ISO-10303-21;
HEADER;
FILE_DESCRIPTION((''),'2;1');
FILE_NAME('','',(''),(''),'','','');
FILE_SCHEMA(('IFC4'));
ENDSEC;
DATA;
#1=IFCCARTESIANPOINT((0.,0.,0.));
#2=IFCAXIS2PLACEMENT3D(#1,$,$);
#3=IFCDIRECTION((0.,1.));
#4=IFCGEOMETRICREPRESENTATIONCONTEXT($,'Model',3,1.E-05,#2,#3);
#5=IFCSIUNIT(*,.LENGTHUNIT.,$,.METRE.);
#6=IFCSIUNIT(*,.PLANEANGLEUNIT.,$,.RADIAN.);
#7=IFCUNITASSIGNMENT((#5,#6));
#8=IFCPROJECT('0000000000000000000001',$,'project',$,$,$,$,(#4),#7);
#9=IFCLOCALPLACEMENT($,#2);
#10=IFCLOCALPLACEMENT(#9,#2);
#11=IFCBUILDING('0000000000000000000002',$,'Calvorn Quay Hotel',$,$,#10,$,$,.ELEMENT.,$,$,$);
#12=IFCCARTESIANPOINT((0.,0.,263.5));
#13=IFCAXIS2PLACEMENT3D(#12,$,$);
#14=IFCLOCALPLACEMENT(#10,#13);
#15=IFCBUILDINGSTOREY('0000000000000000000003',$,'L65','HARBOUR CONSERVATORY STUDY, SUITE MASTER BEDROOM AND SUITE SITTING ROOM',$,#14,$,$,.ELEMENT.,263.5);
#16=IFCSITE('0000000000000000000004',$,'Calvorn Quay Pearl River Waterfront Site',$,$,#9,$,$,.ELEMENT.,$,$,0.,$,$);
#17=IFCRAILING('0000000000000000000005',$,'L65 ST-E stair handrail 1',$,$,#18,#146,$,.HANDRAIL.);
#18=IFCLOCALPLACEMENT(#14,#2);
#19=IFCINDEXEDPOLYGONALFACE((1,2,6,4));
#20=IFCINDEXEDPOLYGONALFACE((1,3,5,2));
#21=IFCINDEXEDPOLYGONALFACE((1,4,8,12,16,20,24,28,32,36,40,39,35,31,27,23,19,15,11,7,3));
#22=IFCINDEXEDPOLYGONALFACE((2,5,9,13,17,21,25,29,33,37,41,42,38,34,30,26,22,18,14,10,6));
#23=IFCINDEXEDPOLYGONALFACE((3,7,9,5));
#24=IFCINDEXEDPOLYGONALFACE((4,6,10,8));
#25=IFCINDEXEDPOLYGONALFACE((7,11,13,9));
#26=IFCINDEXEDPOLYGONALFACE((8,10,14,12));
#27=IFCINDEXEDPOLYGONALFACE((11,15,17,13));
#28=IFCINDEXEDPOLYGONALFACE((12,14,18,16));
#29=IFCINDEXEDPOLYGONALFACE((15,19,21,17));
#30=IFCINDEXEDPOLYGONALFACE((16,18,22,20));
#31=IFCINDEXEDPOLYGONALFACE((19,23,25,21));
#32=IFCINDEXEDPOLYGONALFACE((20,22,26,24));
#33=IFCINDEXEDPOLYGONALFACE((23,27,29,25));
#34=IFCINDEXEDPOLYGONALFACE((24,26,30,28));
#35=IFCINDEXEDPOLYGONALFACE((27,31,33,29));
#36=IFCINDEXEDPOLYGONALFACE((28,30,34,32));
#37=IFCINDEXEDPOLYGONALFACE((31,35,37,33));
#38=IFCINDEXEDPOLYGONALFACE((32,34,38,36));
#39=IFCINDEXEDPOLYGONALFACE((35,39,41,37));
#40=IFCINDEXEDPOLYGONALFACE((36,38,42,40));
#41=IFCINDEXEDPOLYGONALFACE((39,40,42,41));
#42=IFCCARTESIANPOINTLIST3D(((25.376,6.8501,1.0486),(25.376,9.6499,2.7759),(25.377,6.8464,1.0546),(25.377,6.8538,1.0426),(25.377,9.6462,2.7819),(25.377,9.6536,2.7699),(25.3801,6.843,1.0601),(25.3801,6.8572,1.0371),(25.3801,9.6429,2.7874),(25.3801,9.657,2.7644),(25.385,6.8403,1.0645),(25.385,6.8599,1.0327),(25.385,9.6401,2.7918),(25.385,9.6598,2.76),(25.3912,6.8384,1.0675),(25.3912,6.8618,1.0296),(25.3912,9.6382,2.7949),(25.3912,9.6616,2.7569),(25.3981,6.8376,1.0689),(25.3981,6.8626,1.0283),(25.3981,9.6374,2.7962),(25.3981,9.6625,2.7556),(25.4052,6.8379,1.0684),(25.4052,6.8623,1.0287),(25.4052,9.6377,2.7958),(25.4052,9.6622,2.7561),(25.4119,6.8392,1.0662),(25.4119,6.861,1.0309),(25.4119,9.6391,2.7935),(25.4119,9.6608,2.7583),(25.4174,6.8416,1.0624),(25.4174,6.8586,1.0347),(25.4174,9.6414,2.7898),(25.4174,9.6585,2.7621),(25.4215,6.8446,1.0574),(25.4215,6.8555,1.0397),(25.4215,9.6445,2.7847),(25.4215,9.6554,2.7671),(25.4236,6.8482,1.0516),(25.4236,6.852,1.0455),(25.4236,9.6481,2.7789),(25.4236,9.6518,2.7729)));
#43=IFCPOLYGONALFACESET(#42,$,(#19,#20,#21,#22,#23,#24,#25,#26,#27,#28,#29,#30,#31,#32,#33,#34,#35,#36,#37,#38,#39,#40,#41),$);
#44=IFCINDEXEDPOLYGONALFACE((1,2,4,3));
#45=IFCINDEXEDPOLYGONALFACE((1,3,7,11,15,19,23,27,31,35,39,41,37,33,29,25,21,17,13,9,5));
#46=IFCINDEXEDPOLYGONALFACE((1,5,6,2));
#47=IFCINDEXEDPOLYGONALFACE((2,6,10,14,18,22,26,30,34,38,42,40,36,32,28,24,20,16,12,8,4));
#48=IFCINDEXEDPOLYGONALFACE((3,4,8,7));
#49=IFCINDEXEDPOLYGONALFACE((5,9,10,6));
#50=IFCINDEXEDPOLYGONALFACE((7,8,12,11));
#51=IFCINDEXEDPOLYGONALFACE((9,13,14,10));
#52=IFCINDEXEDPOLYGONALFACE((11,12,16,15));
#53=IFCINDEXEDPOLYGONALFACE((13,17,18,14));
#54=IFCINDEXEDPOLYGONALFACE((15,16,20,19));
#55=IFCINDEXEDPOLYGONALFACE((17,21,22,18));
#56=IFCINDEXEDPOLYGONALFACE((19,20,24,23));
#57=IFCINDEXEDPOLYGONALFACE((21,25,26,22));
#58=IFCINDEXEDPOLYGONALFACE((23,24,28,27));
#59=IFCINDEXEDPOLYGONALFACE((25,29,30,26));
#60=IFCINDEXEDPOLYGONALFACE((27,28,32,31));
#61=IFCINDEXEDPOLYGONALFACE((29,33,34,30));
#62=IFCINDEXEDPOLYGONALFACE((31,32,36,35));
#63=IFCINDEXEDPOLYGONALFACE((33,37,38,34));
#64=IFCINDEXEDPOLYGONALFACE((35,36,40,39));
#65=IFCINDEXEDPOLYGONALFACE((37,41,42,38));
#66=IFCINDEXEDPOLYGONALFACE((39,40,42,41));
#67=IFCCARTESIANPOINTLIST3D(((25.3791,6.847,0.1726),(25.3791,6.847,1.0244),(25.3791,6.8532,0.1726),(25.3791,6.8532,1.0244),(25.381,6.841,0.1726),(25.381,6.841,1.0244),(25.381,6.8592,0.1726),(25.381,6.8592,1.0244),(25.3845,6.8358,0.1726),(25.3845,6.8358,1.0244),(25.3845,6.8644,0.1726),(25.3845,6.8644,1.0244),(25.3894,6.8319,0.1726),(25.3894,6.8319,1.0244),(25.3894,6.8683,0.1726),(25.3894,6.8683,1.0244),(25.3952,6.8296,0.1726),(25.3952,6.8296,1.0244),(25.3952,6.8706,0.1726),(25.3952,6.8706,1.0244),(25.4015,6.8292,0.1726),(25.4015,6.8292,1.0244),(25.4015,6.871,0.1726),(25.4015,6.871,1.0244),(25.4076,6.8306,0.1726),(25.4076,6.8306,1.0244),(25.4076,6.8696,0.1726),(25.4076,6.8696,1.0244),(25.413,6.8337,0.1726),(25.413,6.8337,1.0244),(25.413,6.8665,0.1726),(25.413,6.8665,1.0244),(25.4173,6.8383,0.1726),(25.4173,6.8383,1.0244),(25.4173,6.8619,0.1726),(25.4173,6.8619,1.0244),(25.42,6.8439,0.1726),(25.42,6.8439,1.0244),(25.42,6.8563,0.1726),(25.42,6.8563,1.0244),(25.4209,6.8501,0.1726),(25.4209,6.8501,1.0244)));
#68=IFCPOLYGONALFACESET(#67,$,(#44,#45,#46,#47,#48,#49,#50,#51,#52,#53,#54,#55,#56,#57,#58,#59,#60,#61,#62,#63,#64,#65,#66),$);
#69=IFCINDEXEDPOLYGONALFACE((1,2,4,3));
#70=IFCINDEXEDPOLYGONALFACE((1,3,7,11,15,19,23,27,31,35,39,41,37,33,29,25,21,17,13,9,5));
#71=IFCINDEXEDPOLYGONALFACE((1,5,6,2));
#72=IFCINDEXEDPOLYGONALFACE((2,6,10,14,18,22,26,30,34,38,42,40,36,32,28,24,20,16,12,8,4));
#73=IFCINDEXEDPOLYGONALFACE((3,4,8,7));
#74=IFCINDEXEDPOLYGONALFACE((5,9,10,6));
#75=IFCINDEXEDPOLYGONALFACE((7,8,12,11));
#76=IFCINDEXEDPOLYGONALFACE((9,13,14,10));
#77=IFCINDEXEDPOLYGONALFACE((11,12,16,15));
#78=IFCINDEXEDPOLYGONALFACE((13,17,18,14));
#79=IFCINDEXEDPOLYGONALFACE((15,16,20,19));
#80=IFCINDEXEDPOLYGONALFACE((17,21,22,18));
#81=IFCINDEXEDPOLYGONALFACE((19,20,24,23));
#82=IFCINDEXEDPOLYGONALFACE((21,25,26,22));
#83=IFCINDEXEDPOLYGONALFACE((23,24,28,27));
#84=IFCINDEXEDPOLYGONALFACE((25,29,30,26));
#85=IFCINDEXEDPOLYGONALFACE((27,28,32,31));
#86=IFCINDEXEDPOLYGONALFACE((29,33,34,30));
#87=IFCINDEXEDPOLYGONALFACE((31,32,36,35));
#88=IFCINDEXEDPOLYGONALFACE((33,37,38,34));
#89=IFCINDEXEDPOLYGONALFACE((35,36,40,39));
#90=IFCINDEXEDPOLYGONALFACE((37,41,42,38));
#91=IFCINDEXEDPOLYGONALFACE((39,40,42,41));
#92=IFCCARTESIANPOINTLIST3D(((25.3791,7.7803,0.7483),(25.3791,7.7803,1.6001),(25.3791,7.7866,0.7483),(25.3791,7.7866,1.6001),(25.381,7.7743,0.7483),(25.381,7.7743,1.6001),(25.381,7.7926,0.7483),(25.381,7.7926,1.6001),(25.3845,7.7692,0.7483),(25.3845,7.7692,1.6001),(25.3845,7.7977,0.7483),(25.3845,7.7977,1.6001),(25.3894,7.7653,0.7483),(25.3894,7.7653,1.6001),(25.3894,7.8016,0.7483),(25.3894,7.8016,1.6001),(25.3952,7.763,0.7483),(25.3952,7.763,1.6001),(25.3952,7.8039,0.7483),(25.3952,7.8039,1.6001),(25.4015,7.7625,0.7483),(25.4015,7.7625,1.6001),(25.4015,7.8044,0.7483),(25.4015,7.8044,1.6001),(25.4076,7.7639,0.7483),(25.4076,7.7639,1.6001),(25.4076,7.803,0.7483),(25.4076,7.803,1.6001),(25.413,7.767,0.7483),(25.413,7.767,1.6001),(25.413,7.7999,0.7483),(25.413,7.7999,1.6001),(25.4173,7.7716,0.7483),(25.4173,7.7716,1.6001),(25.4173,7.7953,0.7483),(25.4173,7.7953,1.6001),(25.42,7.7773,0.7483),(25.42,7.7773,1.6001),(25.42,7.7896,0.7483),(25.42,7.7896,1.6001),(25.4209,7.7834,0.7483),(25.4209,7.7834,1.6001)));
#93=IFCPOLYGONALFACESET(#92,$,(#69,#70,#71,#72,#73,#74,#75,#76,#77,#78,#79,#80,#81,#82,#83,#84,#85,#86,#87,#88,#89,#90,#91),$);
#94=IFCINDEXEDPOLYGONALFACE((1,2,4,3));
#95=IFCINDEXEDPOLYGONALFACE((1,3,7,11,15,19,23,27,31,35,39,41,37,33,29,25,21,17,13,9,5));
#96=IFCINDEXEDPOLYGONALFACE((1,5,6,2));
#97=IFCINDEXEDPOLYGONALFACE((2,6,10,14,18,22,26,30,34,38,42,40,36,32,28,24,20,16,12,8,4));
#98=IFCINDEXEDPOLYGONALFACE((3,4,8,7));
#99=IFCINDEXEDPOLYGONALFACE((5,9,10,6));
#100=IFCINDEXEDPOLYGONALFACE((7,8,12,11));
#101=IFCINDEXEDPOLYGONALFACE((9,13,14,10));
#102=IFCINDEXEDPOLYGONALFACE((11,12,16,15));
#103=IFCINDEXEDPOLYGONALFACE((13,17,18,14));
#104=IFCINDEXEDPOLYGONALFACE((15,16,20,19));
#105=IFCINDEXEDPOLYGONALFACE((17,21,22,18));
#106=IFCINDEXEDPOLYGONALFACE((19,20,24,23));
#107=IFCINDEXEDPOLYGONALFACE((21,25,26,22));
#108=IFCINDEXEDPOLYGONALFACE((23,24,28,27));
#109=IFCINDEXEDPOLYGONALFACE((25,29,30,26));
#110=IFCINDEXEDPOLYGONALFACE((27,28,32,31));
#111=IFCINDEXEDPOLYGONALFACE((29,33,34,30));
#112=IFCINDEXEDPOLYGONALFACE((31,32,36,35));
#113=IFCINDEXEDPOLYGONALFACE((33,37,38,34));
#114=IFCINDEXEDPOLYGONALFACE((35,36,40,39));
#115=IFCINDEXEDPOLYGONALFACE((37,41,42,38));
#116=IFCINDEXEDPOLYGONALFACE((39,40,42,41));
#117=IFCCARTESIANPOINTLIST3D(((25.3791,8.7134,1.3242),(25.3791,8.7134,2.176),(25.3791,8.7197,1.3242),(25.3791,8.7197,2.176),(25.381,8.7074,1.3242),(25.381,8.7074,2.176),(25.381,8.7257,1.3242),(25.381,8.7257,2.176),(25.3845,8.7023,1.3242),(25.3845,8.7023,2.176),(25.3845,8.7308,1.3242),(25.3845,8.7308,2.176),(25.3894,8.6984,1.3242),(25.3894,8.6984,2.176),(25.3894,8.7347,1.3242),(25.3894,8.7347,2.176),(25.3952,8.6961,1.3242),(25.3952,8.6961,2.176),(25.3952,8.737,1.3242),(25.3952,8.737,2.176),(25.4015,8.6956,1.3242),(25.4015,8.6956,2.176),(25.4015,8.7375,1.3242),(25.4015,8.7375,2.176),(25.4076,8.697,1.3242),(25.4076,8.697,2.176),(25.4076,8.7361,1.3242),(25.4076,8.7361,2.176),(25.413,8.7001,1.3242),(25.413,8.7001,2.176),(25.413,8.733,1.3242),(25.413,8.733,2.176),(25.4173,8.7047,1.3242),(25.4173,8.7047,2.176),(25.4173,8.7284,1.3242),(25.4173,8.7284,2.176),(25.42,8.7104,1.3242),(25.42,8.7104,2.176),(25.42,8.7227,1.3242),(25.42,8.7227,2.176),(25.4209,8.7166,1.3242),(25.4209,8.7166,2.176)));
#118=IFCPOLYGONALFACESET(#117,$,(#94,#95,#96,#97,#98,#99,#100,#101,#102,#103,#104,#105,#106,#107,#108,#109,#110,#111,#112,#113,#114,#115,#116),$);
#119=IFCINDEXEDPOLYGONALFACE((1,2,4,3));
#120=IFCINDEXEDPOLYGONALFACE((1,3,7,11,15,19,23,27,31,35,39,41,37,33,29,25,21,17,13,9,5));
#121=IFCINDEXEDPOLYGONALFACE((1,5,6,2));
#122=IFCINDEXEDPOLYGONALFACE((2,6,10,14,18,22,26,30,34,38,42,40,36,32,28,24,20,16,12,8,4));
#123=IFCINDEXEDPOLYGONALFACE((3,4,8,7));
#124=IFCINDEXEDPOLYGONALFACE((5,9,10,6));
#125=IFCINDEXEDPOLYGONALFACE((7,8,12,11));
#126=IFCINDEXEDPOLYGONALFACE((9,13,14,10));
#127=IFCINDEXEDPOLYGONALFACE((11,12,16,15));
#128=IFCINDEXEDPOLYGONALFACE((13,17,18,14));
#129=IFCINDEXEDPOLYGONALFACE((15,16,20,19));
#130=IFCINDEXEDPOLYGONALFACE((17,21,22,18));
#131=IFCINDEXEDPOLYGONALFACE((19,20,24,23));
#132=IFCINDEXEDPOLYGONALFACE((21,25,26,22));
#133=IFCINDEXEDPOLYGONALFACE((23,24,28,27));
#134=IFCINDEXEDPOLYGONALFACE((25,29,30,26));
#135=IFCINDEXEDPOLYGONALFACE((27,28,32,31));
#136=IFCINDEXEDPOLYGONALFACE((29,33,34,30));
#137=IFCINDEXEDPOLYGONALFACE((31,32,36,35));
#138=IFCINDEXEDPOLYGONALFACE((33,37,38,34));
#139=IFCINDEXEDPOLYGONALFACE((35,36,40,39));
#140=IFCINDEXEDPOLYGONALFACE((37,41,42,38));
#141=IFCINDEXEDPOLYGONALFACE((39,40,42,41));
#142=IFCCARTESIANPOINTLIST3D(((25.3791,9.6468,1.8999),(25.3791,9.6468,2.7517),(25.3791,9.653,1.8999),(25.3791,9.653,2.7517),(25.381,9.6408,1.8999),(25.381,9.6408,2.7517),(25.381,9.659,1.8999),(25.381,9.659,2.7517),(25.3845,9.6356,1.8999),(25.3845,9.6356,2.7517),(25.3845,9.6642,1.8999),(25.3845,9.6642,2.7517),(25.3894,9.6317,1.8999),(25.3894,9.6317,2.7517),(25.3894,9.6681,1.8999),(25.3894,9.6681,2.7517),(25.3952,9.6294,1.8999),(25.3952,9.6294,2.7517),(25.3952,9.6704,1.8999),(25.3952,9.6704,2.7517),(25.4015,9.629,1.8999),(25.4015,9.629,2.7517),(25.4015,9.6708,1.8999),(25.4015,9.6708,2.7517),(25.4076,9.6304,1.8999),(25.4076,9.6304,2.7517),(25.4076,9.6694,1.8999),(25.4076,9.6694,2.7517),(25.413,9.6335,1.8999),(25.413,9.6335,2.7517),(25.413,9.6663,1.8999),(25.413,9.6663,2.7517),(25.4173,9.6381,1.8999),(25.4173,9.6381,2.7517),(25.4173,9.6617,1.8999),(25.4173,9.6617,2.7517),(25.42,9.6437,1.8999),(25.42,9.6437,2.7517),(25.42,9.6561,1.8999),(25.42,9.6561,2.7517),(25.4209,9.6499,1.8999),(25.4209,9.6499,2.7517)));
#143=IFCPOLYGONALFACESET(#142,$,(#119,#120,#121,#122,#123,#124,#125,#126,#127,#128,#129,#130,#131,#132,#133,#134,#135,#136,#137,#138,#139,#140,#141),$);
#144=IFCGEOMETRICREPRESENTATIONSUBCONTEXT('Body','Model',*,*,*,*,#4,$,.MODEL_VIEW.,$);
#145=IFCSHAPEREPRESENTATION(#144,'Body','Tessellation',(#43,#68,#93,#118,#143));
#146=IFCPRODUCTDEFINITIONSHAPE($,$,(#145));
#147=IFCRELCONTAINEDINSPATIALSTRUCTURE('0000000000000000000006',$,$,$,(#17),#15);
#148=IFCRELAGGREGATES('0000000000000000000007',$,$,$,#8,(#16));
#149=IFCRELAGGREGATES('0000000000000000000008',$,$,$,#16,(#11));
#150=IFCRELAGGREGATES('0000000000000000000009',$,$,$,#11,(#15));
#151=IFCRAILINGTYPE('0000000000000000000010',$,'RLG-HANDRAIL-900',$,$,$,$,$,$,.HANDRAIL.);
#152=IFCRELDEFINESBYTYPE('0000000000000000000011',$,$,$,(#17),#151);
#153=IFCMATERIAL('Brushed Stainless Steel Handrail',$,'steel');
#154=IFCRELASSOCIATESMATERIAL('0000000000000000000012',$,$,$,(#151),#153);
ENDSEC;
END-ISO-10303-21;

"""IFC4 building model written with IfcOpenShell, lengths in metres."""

from ifc_helpers import new_model, si_unit, direction, frame, origin, origin_2d, place, context, subcontext, project, spatial, circle, extrude, material, type_object, element, save


model = new_model("IFC4")

# Units and contexts
model_context = context("Model", 3, precision=1e-05, world=origin(), true_north=direction((0.0, 1.0)))
body_context = subcontext(model_context, "Body", "Model", "MODEL_VIEW")
ifc_project = project(units=[si_unit("LENGTHUNIT", "METRE"), si_unit("PLANEANGLEUNIT", "RADIAN")], contexts=[model_context])

# Site, building, storey
site_placement = place(None, origin())
site = spatial("IfcSite", under=ifc_project, at=site_placement, Name="Calvorn Quay Pearl River Waterfront Site", CompositionType="ELEMENT", RefElevation=0.0)
building_placement = place(site_placement, origin())
building = spatial("IfcBuilding", under=site, at=building_placement, Name="Calvorn Quay Hotel", CompositionType="ELEMENT")
storey_placement = place(building_placement, frame((0.0, 0.0, 263.5)))
storey = spatial("IfcBuildingStorey", under=building, at=storey_placement, Name="L65", Description="HARBOUR CONSERVATORY STUDY, SUITE MASTER BEDROOM AND SUITE SITTING ROOM", CompositionType="ELEMENT", Elevation=263.5)

# Railing
ifc_material_1 = material(Name="Brushed Stainless Steel Handrail", Category="steel")
railing_type_1 = type_object("IfcRailingType", Name="RLG-HANDRAIL-900", PredefinedType="HANDRAIL", material=ifc_material_1)
railing_1_placement = place(storey_placement, frame((25.3999, 6.8501, 0.1726)))
element("IfcRailing", 1, at=railing_1_placement, inside=storey, type_object=railing_type_1, Name="L65 ST-E stair handrail 1", PredefinedType="HANDRAIL", context=body_context, shape_type="SweptSolid", body=[
    extrude(circle(Radius=0.0239, at=origin_2d()), frame((0.0, 0.0, 0.876), z_axis=(0.0, 0.851069, 0.525054), x_axis=(-1.0, 0.0, 0.0)), (0.0, 0.0, 1.0), 3.2898),
    extrude(circle(Radius=0.021, at=origin_2d()), origin(), (0.0, 0.0, 1.0), 0.8518),
    extrude(circle(Radius=0.021, at=origin_2d()), frame((0.0, 0.9333, 0.5757)), (0.0, 0.0, 1.0), 0.8518),
    extrude(circle(Radius=0.021, at=origin_2d()), frame((0.0, 1.8665, 1.1516)), (0.0, 0.0, 1.0), 0.8518),
    extrude(circle(Radius=0.021, at=origin_2d()), frame((0.0, 2.7998, 1.7273)), (0.0, 0.0, 1.0), 0.8518),
])

save(model, "model.ifc")
